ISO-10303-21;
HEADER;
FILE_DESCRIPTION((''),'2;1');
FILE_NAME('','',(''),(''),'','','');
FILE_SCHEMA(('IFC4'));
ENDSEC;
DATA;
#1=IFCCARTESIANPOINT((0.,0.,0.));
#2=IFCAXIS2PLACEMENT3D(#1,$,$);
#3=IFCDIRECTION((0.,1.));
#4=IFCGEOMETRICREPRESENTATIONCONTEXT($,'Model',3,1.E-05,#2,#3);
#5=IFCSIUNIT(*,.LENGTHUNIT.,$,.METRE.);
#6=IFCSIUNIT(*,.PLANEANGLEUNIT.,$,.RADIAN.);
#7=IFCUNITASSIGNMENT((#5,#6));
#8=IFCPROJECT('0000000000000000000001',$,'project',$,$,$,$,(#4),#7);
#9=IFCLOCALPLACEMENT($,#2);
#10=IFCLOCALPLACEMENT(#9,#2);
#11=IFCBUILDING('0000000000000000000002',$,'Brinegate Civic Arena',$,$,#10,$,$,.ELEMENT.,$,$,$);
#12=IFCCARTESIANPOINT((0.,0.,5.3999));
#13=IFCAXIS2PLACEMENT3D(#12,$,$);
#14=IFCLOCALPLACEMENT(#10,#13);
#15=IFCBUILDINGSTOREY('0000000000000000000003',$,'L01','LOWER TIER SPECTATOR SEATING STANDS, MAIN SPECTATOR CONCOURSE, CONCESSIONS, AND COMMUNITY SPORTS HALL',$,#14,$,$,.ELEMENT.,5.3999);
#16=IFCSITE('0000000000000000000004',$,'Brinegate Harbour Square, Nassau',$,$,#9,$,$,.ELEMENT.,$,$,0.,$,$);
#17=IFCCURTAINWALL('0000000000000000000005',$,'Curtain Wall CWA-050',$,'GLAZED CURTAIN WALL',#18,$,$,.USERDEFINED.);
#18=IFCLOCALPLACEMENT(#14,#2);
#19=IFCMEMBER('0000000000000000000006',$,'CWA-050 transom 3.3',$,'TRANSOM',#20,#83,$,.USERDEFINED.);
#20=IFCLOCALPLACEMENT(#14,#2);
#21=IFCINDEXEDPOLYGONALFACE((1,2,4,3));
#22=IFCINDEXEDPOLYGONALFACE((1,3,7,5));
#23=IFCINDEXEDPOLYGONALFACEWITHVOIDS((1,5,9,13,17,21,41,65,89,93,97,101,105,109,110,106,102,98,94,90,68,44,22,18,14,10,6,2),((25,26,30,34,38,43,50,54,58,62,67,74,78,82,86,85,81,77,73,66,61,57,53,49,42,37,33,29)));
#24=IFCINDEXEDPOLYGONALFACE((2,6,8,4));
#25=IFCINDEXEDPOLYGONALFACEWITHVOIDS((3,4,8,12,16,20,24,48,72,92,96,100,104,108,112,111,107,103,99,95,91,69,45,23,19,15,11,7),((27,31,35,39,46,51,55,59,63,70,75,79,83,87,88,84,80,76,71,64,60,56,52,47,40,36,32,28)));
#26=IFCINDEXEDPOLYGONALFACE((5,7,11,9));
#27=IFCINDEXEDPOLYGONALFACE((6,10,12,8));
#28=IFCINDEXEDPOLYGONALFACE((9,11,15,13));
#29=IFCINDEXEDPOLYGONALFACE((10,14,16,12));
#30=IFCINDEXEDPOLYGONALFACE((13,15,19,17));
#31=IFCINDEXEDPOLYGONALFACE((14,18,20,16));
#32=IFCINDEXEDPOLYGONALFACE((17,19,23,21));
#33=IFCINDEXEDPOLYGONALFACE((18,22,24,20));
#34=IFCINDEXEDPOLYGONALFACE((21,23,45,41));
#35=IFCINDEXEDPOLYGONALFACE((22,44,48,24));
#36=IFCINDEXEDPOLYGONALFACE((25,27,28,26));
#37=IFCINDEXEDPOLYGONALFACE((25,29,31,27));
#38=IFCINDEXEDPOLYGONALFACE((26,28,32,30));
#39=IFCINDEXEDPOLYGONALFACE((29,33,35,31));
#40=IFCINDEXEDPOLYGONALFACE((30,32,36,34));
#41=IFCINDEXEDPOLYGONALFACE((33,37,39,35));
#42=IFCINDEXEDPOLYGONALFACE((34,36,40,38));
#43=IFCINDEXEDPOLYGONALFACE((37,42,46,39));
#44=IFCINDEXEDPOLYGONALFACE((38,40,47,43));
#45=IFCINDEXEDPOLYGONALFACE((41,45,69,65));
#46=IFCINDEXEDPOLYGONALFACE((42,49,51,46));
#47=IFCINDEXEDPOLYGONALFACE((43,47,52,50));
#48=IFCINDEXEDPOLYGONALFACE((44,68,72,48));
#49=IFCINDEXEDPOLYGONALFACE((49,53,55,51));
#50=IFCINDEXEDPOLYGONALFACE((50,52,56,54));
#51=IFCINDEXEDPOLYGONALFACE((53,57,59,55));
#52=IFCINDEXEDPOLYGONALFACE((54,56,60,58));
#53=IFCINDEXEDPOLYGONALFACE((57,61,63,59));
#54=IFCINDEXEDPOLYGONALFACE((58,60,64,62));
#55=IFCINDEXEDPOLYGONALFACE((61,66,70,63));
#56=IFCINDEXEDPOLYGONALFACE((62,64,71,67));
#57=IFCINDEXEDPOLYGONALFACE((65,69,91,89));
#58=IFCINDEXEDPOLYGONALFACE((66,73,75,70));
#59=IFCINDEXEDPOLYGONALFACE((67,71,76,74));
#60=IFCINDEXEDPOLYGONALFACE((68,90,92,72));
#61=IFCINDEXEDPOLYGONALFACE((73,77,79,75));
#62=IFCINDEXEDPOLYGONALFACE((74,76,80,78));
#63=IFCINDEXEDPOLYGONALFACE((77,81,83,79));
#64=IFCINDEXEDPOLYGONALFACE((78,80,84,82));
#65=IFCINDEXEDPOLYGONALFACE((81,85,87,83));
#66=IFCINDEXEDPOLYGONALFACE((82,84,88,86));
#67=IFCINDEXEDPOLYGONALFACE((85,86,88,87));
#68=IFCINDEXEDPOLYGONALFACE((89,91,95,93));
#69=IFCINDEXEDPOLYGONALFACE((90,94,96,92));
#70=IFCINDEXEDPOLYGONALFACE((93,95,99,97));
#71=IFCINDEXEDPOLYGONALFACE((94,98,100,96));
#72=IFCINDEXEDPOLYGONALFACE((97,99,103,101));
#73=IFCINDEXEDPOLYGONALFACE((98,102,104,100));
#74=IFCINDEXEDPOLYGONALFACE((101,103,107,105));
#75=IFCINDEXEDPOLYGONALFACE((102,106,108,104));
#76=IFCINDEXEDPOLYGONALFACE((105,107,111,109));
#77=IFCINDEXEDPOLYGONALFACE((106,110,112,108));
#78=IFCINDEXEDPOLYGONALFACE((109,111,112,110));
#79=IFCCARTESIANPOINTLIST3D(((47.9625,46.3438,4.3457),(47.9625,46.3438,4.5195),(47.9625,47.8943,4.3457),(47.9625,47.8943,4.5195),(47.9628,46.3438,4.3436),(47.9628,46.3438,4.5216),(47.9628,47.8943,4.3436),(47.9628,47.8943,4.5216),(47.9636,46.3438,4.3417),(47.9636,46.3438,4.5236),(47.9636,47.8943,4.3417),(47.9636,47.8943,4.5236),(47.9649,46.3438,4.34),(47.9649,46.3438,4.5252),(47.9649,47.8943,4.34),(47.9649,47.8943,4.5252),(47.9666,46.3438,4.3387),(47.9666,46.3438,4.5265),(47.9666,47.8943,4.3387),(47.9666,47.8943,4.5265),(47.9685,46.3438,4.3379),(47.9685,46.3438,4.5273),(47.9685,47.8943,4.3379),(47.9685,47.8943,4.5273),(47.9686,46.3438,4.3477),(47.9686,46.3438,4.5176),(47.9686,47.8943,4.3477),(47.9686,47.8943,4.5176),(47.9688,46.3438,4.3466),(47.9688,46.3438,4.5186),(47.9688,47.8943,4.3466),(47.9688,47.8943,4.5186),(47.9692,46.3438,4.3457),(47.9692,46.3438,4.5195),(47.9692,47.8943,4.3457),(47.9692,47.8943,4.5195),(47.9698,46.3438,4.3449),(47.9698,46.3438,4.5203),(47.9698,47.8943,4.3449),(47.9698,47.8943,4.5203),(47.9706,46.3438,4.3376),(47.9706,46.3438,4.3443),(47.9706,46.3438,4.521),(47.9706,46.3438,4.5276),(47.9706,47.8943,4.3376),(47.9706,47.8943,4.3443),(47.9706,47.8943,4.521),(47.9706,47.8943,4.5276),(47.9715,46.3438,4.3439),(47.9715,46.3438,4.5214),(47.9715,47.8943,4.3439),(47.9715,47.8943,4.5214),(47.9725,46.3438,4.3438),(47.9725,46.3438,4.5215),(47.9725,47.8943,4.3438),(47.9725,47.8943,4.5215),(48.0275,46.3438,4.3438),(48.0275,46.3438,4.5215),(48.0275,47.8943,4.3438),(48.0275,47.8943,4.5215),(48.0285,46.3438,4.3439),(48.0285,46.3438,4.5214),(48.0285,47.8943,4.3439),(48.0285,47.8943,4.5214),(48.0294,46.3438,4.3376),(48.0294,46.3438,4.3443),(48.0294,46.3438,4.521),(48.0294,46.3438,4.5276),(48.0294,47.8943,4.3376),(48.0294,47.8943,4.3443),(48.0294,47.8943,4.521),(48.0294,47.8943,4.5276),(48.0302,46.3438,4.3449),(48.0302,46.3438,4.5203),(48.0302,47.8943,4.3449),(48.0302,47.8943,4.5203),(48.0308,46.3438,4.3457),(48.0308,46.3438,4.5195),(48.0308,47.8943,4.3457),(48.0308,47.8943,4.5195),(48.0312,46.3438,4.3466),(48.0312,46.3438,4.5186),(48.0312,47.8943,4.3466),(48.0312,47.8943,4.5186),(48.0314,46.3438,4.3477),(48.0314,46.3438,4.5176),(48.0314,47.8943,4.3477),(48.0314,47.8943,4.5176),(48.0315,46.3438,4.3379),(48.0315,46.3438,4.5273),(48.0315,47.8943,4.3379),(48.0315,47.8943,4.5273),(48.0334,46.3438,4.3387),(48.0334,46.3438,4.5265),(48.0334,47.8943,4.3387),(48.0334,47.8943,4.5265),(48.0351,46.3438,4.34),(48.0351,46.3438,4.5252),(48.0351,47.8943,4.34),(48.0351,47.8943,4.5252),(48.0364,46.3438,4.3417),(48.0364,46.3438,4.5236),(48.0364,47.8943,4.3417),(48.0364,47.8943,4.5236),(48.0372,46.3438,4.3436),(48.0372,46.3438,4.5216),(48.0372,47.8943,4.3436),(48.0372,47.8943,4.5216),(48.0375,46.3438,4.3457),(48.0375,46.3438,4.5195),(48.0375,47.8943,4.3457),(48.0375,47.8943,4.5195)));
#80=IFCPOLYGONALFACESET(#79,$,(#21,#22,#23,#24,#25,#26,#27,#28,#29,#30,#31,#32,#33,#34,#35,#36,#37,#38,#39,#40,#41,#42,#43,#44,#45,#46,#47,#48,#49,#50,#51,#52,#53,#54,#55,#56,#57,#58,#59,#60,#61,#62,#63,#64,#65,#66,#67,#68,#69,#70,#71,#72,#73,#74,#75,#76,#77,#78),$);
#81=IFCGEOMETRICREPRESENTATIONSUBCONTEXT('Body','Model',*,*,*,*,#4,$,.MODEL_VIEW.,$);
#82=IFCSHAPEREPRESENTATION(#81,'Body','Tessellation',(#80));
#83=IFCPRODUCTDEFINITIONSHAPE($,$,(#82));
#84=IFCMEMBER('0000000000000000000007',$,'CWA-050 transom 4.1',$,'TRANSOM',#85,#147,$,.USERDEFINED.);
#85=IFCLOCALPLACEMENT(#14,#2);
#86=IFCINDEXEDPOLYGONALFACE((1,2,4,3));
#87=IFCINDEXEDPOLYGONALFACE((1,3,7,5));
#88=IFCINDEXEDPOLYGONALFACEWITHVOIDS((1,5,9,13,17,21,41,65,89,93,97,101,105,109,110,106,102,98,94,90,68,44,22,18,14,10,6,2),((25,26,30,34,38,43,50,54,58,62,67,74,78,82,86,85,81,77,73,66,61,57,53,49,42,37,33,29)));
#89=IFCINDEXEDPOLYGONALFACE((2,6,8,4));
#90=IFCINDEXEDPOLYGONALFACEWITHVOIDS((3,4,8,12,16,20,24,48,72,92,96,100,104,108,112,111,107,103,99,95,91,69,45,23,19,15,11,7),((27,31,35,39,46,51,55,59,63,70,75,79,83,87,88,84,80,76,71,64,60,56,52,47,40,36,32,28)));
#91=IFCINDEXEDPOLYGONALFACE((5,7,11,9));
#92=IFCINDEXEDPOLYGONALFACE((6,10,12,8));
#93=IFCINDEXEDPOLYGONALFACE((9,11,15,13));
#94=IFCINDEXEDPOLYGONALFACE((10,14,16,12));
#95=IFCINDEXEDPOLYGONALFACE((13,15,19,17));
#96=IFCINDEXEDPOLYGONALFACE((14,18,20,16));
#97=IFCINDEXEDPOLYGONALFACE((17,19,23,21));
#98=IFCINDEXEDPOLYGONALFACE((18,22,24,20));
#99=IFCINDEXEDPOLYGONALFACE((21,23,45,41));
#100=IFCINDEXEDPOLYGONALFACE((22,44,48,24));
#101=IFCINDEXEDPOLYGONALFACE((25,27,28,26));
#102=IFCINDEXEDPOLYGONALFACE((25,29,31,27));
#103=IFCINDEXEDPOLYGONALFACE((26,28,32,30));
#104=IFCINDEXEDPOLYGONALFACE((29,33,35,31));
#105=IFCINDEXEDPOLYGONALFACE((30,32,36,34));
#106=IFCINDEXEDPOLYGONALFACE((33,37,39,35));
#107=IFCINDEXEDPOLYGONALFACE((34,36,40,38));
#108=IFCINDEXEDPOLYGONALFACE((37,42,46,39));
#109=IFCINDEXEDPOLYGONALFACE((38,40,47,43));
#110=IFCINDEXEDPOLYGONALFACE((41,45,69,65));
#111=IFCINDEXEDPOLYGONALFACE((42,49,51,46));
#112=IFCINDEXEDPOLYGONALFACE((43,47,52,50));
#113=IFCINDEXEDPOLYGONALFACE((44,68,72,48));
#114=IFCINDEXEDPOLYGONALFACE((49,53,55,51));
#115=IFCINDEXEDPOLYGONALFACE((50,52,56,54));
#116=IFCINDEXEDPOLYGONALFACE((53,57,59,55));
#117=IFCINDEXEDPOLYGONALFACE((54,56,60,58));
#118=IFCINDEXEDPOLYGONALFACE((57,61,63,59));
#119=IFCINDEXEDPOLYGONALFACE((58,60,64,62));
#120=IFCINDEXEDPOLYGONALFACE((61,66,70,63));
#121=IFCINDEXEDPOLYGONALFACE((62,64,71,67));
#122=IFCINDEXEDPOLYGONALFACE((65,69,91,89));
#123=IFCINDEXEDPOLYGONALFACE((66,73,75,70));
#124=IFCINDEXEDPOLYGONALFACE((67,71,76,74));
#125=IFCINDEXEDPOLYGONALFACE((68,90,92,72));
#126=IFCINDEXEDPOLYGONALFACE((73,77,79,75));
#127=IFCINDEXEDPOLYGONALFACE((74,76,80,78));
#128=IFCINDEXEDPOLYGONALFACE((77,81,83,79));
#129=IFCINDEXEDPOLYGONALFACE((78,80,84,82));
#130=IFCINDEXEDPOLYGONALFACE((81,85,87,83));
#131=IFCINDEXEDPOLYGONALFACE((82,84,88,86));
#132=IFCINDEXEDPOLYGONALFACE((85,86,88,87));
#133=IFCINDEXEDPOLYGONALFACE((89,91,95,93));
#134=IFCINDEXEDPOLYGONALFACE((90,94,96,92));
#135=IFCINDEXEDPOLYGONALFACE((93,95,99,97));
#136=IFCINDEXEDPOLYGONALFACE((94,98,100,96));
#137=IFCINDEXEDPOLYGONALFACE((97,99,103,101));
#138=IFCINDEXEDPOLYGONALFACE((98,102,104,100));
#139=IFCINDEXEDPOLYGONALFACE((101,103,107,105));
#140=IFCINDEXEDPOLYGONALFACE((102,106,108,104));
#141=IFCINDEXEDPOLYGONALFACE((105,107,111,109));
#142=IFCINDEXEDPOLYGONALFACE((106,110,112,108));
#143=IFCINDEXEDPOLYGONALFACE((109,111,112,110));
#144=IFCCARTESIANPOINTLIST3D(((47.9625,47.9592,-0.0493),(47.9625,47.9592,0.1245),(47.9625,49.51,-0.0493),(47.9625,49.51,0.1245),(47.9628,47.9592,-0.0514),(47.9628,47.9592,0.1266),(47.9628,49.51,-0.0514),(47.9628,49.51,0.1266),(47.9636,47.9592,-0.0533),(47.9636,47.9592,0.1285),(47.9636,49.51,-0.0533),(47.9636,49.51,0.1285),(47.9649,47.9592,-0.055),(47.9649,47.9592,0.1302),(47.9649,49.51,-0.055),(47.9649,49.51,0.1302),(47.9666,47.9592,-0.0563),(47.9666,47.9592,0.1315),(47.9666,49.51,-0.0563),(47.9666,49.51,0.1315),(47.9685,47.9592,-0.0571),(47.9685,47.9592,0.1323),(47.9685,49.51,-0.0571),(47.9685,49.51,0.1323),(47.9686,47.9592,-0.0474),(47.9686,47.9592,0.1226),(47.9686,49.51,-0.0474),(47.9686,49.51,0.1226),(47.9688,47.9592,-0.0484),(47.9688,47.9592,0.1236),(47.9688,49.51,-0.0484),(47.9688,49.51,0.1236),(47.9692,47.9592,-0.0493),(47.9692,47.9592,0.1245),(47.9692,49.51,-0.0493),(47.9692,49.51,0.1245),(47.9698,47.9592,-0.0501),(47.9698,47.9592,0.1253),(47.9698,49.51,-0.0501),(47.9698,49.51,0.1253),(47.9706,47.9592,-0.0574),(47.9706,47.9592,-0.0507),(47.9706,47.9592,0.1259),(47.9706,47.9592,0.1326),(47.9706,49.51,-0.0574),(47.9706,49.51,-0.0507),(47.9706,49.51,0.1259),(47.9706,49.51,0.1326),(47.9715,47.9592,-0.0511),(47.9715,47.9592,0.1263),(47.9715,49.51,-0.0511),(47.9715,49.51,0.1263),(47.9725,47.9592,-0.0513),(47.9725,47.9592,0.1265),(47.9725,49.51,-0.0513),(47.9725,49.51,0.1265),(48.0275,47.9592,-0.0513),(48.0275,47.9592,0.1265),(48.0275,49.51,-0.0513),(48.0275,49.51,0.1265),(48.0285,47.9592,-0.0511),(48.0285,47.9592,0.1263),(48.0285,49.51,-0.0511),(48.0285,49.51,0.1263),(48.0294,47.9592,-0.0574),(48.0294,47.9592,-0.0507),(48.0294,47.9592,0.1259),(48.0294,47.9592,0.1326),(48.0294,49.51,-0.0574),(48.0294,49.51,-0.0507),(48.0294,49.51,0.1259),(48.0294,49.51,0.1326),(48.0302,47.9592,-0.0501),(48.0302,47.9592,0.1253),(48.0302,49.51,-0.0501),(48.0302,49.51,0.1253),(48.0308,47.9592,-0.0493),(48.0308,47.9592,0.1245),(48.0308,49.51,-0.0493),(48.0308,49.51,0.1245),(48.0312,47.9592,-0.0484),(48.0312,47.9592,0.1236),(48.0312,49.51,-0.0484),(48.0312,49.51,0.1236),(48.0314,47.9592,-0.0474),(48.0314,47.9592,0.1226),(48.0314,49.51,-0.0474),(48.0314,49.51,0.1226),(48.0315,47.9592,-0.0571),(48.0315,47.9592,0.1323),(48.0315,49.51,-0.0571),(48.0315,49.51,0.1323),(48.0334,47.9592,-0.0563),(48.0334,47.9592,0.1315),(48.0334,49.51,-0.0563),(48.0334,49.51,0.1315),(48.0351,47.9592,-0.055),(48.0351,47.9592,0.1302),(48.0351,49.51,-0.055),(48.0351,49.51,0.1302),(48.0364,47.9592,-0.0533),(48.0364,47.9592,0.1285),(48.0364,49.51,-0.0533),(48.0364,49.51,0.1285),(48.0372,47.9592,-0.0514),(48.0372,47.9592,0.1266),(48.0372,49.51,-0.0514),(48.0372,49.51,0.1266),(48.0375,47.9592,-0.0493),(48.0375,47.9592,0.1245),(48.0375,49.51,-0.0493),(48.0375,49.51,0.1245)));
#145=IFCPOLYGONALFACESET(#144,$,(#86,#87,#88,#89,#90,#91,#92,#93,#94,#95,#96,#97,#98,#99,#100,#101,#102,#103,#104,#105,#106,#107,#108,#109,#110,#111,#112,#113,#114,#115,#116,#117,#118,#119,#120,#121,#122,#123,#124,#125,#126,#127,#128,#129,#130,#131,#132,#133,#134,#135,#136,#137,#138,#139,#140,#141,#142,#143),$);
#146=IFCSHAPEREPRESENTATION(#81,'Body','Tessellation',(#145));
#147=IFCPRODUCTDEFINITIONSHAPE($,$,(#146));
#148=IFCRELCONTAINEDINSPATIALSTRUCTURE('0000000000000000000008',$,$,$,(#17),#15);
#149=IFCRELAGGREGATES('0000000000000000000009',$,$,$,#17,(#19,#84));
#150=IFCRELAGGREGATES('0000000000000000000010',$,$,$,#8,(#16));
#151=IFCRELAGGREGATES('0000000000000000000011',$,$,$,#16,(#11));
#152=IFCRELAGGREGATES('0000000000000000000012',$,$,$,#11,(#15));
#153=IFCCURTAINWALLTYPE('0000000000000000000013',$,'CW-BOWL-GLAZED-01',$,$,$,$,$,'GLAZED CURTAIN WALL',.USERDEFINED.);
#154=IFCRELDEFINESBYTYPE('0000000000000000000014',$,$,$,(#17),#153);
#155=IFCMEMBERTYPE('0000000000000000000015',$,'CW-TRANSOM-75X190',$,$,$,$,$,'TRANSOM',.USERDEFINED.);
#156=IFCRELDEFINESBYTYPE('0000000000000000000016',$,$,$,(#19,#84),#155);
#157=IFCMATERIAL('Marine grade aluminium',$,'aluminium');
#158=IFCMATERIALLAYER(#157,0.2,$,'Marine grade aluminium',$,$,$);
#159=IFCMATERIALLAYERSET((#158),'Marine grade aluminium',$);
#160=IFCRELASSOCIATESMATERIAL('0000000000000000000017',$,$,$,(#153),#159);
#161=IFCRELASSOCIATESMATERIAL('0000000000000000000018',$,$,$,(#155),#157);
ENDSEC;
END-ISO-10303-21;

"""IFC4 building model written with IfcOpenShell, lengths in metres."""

from ifc_helpers import new_model, si_unit, direction, frame, origin, origin_2d, place, context, subcontext, project, spatial, hollow_rectangle, extrude, material, layer, layer_set, material_profile, profile_set, type_object, element, aggregate, save


model = new_model("IFC4")

# Units and contexts
model_context = context("Model", 3, precision=1e-05, world=origin(), true_north=direction((0.0, 1.0)))
body_context = subcontext(model_context, "Body", "Model", "MODEL_VIEW")
ifc_project = project(units=[si_unit("LENGTHUNIT", "METRE"), si_unit("PLANEANGLEUNIT", "RADIAN")], contexts=[model_context])

# Site, building, storey
site_placement = place(None, origin())
site = spatial("IfcSite", under=ifc_project, at=site_placement, Name="Brinegate Harbour Square, Nassau", CompositionType="ELEMENT", RefElevation=0.0)
building_placement = place(site_placement, origin())
building = spatial("IfcBuilding", under=site, at=building_placement, Name="Brinegate Civic Arena", CompositionType="ELEMENT")
storey_placement = place(building_placement, frame((0.0, 0.0, 5.3999)))
storey = spatial("IfcBuildingStorey", under=building, at=storey_placement, Name="L01", Description="LOWER TIER SPECTATOR SEATING STANDS, MAIN SPECTATOR CONCOURSE, CONCESSIONS, AND COMMUNITY SPORTS HALL", CompositionType="ELEMENT", Elevation=5.3999)

# Curtain wall, members
ifc_material_1 = material(Name="Marine grade aluminium", Category="aluminium")
ifc_layer_1 = layer(ifc_material_1, 0.2, Name="Marine grade aluminium")
ifc_layer_set_1 = layer_set([ifc_layer_1], Name="Marine grade aluminium")
curtain_wall_type = type_object("IfcCurtainWallType", Name="CW-BOWL-GLAZED-01", ElementType="GLAZED CURTAIN WALL", PredefinedType="USERDEFINED", material=ifc_layer_set_1)
curtain_wall_placement = place(storey_placement, origin())
curtain_wall = element("IfcCurtainWall", 1, at=curtain_wall_placement, inside=storey, type_object=curtain_wall_type, Name="Curtain Wall CWA-050", ObjectType="GLAZED CURTAIN WALL", PredefinedType="USERDEFINED")
ifc_material_profile_1 = material_profile(ifc_material_1, hollow_rectangle(XDim=0.075, YDim=0.1899, WallThickness=0.0061, InnerFilletRadius=0.0039, OuterFilletRadius=0.0081, at=origin_2d()), Name="TRN75X190")
ifc_profile_set_1 = profile_set([ifc_material_profile_1], Name="Marine grade aluminium")
member_type_1 = type_object("IfcMemberType", Name="CW-TRANSOM-75X190", ElementType="TRANSOM", PredefinedType="USERDEFINED", material=ifc_profile_set_1)
member_1_placement = place(storey_placement, frame((48.0, 46.3438, 4.4326), z_axis=(0.0, 1.0, 0.0), x_axis=(-1.0, 0.0, 0.0)))
member_1 = element("IfcMember", 2, at=member_1_placement, type_object=member_type_1, Name="CWA-050 transom 3.3", ObjectType="TRANSOM", PredefinedType="USERDEFINED", context=body_context, shape_type="SweptSolid", body=[
    extrude(hollow_rectangle(XDim=0.075, YDim=0.1899, WallThickness=0.0061, InnerFilletRadius=0.0039, OuterFilletRadius=0.0081, at=origin_2d()), origin(), (0.0, 0.0, 1.0), 1.5505),
])
member_2_placement = place(storey_placement, frame((48.0, 47.9592, 0.0376), z_axis=(0.0, 1.0, 0.0), x_axis=(-1.0, 0.0, 0.0)))
member_2 = element("IfcMember", 3, at=member_2_placement, type_object=member_type_1, Name="CWA-050 transom 4.1", ObjectType="TRANSOM", PredefinedType="USERDEFINED", context=body_context, shape_type="SweptSolid", body=[
    extrude(hollow_rectangle(XDim=0.075, YDim=0.1899, WallThickness=0.0061, InnerFilletRadius=0.0039, OuterFilletRadius=0.0081, at=origin_2d()), origin(), (0.0, 0.0, 1.0), 1.5508),
])
aggregate(curtain_wall, [member_1, member_2])

save(model, "model.ifc")
